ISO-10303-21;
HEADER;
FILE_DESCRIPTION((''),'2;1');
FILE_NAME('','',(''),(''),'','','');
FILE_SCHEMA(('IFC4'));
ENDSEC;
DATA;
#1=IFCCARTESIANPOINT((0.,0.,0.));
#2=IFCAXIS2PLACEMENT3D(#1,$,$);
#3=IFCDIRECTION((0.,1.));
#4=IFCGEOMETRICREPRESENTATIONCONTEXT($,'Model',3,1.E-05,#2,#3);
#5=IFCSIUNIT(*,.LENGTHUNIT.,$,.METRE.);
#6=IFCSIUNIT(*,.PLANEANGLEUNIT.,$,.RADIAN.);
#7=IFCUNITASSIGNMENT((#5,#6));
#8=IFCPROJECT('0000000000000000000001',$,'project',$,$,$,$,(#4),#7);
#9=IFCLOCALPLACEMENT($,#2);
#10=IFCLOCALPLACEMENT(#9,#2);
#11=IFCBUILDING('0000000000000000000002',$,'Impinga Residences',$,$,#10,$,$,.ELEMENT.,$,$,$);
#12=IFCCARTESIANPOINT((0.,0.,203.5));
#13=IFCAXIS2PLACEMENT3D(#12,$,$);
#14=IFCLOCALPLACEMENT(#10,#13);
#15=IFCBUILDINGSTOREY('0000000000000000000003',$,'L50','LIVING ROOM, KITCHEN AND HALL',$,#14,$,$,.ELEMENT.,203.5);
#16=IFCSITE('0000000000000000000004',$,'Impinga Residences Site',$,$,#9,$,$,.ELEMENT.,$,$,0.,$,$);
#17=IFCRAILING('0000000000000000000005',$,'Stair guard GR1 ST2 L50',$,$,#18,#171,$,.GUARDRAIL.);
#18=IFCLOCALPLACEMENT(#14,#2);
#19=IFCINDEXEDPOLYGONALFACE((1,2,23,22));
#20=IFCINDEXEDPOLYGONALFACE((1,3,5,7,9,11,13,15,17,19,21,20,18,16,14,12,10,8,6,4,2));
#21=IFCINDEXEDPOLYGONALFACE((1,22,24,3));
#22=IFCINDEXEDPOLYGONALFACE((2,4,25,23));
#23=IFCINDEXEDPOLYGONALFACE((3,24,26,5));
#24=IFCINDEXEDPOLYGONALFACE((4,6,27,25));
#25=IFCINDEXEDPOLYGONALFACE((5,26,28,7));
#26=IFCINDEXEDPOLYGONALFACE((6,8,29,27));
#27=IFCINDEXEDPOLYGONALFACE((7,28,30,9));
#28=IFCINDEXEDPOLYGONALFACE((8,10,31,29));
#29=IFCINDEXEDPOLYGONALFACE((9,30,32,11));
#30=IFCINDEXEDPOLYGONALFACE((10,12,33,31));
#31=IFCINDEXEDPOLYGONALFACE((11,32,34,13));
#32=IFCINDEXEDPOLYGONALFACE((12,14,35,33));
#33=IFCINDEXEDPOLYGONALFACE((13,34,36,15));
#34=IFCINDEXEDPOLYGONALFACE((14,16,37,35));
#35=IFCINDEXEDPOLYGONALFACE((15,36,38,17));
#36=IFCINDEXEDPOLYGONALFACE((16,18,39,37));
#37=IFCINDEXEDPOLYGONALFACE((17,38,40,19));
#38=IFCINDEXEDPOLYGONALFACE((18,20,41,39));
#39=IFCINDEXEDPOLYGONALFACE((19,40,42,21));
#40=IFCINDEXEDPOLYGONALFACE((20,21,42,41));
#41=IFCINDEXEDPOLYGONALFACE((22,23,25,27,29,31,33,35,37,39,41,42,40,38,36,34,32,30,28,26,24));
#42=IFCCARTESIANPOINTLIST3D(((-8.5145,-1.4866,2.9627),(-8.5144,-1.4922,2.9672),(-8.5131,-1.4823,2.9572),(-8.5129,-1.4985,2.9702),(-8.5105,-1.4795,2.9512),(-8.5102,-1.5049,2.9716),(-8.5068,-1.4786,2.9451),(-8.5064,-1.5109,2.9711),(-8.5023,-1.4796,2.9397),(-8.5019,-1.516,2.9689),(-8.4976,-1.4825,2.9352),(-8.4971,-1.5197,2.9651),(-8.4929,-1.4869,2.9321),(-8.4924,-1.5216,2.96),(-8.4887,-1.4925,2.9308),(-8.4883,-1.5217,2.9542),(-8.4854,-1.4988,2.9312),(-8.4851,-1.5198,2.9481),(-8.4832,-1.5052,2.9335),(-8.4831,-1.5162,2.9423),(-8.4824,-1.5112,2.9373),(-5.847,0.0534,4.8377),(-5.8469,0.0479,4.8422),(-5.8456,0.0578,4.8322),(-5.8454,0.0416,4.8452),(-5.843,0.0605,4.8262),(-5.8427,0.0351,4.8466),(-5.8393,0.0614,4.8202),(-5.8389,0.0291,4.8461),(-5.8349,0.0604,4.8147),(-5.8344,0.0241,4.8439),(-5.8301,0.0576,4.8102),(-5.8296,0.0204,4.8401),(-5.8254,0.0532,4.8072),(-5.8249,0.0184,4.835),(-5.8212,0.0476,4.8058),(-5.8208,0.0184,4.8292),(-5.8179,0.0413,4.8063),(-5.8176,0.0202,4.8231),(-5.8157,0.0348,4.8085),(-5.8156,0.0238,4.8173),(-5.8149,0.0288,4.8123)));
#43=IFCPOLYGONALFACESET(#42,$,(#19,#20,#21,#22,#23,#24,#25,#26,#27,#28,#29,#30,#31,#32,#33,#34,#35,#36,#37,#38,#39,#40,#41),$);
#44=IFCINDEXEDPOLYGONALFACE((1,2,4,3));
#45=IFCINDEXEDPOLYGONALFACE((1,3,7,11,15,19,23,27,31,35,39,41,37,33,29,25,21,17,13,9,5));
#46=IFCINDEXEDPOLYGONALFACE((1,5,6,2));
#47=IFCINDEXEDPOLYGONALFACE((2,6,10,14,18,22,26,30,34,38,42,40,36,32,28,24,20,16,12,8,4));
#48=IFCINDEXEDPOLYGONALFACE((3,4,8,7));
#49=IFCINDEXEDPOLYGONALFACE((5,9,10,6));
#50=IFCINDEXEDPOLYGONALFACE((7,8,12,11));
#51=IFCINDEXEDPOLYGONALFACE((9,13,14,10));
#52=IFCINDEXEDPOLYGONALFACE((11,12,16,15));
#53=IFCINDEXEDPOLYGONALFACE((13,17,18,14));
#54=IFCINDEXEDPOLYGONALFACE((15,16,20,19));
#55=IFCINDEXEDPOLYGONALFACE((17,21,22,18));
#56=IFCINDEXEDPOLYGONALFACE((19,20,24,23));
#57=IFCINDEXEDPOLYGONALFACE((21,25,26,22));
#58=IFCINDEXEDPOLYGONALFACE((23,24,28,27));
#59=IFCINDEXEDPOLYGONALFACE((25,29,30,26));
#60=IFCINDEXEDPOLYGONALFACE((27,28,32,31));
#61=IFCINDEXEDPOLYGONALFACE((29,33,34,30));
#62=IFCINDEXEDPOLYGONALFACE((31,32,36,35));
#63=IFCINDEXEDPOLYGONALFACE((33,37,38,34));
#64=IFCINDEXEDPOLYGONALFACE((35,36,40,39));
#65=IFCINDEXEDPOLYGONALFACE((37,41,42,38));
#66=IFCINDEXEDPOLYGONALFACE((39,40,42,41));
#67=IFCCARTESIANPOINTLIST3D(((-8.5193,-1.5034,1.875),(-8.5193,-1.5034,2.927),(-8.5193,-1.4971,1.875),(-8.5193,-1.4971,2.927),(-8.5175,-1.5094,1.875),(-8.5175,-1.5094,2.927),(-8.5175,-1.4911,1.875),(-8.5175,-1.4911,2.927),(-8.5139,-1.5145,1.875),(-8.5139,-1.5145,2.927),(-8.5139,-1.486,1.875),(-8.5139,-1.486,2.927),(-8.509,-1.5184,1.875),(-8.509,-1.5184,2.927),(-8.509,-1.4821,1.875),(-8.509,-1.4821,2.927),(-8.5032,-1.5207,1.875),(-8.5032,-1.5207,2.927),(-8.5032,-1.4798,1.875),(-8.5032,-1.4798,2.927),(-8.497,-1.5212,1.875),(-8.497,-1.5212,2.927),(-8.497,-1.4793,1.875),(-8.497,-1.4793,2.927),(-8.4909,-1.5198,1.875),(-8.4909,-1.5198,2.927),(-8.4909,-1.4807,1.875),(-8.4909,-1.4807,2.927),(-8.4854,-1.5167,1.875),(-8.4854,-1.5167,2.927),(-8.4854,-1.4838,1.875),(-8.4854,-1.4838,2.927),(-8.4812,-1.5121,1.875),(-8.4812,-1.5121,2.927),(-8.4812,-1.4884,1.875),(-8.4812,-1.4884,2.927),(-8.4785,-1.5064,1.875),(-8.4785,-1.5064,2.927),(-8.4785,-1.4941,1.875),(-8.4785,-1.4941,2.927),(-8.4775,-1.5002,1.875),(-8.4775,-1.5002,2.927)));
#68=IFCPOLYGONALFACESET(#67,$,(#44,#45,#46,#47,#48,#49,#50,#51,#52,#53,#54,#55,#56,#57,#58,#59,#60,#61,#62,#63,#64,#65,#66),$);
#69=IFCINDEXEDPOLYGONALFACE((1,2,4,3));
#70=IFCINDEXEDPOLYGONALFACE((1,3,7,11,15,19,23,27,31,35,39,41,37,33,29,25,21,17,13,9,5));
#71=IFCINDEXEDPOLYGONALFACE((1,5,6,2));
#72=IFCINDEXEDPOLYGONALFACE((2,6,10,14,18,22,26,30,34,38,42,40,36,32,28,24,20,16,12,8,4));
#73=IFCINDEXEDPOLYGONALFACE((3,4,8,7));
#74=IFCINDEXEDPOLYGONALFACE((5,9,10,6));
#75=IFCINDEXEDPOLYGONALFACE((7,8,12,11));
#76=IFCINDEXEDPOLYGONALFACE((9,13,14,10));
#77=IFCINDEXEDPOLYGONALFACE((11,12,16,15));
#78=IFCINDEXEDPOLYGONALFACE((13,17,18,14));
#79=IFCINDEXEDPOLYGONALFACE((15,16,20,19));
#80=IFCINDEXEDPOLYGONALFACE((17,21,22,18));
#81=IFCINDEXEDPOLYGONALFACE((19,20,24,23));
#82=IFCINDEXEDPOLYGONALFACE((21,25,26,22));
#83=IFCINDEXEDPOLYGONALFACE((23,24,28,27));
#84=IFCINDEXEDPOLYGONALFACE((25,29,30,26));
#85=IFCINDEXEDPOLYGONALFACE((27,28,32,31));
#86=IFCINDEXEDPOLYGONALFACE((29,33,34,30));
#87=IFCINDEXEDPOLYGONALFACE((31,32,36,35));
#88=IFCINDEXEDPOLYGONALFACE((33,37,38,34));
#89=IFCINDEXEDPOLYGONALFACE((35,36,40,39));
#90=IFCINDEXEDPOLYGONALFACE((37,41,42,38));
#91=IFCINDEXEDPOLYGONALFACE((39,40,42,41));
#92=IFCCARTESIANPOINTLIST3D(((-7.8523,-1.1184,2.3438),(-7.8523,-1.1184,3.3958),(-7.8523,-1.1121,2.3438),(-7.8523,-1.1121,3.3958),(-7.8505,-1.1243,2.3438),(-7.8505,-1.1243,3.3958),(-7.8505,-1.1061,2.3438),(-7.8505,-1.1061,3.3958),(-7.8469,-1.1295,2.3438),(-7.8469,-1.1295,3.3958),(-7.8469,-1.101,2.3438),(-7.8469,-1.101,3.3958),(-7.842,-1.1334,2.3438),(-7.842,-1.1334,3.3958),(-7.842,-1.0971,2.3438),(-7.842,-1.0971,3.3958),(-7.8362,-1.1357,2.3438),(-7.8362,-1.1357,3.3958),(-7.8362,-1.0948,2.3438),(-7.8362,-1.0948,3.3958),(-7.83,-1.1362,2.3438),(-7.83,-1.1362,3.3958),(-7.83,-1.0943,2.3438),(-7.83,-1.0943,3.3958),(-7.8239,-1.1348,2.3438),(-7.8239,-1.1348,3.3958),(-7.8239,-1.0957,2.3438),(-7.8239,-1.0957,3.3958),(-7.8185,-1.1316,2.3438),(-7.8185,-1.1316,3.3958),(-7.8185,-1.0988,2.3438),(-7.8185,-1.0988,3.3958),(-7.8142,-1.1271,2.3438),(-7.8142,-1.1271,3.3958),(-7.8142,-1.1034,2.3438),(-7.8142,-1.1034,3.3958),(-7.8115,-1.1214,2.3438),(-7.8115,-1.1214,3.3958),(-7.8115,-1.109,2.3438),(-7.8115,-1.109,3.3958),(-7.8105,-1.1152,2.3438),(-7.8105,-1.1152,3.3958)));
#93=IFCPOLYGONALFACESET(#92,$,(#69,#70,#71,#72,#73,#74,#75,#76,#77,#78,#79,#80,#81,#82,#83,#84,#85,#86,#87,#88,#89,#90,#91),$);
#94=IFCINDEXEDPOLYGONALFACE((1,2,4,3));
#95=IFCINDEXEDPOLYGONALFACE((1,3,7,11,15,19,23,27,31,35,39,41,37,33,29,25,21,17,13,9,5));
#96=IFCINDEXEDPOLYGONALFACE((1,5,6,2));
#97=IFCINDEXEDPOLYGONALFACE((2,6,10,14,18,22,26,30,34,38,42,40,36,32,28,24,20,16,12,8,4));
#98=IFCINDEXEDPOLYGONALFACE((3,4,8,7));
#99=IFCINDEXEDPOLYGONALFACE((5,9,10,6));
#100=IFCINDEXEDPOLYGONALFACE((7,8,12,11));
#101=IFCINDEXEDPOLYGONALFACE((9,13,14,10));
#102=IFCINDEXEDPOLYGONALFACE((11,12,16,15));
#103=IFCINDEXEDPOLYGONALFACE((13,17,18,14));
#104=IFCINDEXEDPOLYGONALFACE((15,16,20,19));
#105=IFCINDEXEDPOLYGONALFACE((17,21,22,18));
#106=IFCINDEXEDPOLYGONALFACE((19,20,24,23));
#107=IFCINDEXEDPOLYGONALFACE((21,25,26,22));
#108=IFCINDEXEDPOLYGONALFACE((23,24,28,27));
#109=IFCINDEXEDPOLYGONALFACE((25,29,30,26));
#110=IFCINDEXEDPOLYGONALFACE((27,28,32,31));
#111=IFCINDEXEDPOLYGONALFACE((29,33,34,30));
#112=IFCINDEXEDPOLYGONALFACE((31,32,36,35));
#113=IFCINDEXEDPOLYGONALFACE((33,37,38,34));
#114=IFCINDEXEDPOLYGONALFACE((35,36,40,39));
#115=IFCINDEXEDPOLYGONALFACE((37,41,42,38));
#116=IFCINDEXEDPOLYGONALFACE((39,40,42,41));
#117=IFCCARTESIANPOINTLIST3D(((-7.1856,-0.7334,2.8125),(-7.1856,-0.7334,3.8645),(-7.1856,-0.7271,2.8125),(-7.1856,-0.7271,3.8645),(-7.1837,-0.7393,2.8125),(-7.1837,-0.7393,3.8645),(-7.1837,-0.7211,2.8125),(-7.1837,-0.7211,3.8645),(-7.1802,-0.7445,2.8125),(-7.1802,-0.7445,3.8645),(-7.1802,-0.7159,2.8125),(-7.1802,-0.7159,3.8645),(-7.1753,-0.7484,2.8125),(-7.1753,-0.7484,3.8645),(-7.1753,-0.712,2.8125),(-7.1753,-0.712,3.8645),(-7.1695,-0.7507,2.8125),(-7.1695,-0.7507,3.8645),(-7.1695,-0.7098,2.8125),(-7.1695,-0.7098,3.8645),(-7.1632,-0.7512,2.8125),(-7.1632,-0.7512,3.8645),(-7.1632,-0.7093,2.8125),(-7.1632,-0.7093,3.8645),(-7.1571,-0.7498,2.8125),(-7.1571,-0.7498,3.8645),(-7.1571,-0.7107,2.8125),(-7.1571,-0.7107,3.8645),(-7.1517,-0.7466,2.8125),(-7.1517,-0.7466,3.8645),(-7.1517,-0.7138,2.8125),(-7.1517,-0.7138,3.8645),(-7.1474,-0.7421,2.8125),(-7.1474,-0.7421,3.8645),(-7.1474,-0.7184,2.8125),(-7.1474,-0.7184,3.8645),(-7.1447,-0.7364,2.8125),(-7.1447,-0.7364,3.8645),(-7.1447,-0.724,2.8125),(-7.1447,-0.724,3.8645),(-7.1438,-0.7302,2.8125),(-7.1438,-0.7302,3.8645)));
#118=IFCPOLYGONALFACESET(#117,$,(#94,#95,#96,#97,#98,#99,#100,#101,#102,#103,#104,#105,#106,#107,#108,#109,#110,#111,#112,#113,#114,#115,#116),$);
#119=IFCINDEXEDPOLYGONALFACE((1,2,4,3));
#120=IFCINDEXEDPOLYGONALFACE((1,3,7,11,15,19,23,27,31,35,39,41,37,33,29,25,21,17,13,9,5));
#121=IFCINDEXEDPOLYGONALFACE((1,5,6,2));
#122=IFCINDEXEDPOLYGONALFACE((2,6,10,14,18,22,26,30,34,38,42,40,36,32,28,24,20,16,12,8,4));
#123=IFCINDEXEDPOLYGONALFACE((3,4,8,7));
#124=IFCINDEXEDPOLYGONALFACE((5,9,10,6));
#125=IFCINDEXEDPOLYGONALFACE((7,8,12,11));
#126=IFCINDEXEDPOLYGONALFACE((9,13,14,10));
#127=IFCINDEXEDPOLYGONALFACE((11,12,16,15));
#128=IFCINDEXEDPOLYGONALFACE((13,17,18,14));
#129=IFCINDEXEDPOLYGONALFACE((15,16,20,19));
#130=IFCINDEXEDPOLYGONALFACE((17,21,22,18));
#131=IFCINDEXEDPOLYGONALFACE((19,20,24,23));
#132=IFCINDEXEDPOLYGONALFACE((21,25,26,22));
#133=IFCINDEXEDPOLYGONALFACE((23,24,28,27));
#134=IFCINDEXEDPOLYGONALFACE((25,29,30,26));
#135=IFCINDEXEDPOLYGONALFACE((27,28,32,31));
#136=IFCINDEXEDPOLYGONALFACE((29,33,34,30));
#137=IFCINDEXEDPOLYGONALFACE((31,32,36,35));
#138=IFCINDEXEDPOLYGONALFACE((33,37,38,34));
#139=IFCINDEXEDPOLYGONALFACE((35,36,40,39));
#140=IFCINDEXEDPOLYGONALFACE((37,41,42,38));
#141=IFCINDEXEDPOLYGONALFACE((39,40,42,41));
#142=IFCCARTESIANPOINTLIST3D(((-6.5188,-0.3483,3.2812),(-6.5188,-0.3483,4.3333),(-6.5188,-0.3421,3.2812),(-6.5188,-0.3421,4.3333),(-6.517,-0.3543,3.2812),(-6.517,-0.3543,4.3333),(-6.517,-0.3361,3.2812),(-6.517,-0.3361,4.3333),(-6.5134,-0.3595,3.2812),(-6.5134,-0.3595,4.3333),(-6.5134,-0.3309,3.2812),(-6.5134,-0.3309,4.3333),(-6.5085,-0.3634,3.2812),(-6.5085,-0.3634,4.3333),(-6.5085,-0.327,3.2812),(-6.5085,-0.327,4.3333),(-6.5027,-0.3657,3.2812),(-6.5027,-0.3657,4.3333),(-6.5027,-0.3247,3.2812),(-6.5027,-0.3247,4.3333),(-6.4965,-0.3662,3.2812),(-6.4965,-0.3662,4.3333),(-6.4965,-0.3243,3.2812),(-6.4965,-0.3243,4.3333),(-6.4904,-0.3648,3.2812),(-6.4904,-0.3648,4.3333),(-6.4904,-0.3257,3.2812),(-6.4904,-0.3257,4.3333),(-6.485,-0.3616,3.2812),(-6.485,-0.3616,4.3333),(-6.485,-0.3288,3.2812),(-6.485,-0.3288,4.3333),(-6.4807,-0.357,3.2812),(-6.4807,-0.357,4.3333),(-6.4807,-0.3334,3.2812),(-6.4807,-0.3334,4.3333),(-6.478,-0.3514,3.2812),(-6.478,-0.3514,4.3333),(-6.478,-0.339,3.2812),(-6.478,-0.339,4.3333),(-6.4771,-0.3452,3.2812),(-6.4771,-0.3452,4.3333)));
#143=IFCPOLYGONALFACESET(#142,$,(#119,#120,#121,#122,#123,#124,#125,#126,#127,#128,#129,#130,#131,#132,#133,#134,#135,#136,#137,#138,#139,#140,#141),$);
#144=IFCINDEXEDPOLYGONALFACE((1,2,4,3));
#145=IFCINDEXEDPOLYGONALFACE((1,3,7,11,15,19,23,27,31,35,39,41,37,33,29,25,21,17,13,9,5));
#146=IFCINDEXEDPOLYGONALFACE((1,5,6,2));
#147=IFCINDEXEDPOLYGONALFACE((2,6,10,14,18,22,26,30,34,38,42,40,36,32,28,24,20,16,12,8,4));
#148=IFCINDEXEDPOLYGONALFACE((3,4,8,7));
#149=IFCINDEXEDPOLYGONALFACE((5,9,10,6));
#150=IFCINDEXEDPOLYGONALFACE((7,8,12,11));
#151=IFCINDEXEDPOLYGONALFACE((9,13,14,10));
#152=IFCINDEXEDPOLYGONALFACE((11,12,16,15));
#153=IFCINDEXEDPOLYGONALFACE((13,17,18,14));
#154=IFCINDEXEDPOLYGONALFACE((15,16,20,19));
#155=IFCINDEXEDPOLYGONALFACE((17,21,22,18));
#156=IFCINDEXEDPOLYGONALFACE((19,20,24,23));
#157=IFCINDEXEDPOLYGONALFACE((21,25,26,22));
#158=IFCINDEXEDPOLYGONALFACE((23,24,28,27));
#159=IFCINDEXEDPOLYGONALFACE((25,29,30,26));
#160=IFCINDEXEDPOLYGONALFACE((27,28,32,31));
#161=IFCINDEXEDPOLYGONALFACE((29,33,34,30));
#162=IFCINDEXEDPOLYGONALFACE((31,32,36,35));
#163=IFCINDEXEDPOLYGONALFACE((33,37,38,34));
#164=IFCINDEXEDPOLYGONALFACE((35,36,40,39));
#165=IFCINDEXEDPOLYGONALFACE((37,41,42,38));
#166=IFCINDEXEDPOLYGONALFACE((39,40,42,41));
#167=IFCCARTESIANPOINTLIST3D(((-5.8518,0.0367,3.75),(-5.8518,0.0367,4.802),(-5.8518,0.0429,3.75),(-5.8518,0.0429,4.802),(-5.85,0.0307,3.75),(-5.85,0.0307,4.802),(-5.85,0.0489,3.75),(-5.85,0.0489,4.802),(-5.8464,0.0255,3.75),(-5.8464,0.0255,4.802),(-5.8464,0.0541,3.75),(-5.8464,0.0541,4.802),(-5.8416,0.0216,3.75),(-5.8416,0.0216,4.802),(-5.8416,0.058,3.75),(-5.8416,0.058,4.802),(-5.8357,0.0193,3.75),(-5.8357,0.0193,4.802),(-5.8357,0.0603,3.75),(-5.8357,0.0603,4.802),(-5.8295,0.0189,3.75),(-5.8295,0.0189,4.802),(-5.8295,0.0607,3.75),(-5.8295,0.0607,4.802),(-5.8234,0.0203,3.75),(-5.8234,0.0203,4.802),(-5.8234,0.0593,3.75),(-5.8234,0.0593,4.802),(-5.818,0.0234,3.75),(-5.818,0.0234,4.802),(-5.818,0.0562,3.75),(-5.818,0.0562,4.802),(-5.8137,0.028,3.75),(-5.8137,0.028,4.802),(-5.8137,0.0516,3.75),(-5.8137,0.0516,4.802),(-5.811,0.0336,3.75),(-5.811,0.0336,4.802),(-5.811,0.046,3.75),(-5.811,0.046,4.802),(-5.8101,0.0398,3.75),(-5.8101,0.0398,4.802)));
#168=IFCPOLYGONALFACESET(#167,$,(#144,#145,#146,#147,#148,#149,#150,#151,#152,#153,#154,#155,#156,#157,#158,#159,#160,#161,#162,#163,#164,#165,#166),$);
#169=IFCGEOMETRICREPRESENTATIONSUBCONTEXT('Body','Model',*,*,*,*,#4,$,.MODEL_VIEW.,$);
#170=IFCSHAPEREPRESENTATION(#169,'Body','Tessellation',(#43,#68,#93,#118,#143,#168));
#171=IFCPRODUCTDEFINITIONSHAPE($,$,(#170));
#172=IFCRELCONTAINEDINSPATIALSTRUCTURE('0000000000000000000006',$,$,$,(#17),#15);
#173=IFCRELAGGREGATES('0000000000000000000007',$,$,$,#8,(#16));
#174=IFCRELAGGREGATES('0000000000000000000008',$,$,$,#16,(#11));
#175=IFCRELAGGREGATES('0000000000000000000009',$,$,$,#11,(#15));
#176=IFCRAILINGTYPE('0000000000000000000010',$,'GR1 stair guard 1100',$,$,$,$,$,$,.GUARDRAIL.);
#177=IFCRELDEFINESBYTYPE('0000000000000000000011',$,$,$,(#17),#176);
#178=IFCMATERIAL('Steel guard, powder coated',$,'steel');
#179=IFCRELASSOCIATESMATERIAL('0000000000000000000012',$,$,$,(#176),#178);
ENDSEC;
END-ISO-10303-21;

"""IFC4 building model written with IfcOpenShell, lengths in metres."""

from ifc_helpers import new_model, si_unit, direction, frame, origin, origin_2d, place, context, subcontext, project, spatial, circle, extrude, material, type_object, element, save


model = new_model("IFC4")

# Units and contexts
model_context = context("Model", 3, precision=1e-05, world=origin(), true_north=direction((0.0, 1.0)))
body_context = subcontext(model_context, "Body", "Model", "MODEL_VIEW")
ifc_project = project(units=[si_unit("LENGTHUNIT", "METRE"), si_unit("PLANEANGLEUNIT", "RADIAN")], contexts=[model_context])

# Site, building, storey
site_placement = place(None, origin())
site = spatial("IfcSite", under=ifc_project, at=site_placement, Name="Impinga Residences Site", CompositionType="ELEMENT", RefElevation=0.0)
building_placement = place(site_placement, origin())
building = spatial("IfcBuilding", under=site, at=building_placement, Name="Impinga Residences", CompositionType="ELEMENT")
storey_placement = place(building_placement, frame((0.0, 0.0, 203.5)))
storey = spatial("IfcBuildingStorey", under=building, at=storey_placement, Name="L50", Description="LIVING ROOM, KITCHEN AND HALL", CompositionType="ELEMENT", Elevation=203.5)

# Railing
ifc_material_1 = material(Name="Steel guard, powder coated", Category="steel")
railing_type_1 = type_object("IfcRailingType", Name="GR1 stair guard 1100", PredefinedType="GUARDRAIL", material=ifc_material_1)
railing_1_placement = place(storey_placement, frame((-8.4985, -1.5002, 1.875)))
element("IfcRailing", 1, at=railing_1_placement, inside=storey, type_object=railing_type_1, Name="Stair guard GR1 ST2 L50", PredefinedType="GUARDRAIL", context=body_context, shape_type="SweptSolid", body=[
    extrude(circle(Radius=0.0239, at=origin_2d()), frame((0.0, 0.0, 1.0762), z_axis=(0.739746, 0.427084, 0.519975), x_axis=(-0.499992, 0.86603, 0.0)), (0.0, 0.0, 1.0), 3.606),
    extrude(circle(Radius=0.021, at=origin_2d()), origin(), (0.0, 0.0, 1.0), 1.052),
    extrude(circle(Radius=0.021, at=origin_2d()), frame((0.667, 0.385, 0.4688)), (0.0, 0.0, 1.0), 1.052),
    extrude(circle(Radius=0.021, at=origin_2d()), frame((1.3337, 0.77, 0.9375)), (0.0, 0.0, 1.0), 1.052),
    extrude(circle(Radius=0.021, at=origin_2d()), frame((2.0005, 1.155, 1.4062)), (0.0, 0.0, 1.0), 1.052),
    extrude(circle(Radius=0.021, at=origin_2d()), frame((2.6675, 1.54, 1.875)), (0.0, 0.0, 1.0), 1.052),
])

save(model, "model.ifc")
